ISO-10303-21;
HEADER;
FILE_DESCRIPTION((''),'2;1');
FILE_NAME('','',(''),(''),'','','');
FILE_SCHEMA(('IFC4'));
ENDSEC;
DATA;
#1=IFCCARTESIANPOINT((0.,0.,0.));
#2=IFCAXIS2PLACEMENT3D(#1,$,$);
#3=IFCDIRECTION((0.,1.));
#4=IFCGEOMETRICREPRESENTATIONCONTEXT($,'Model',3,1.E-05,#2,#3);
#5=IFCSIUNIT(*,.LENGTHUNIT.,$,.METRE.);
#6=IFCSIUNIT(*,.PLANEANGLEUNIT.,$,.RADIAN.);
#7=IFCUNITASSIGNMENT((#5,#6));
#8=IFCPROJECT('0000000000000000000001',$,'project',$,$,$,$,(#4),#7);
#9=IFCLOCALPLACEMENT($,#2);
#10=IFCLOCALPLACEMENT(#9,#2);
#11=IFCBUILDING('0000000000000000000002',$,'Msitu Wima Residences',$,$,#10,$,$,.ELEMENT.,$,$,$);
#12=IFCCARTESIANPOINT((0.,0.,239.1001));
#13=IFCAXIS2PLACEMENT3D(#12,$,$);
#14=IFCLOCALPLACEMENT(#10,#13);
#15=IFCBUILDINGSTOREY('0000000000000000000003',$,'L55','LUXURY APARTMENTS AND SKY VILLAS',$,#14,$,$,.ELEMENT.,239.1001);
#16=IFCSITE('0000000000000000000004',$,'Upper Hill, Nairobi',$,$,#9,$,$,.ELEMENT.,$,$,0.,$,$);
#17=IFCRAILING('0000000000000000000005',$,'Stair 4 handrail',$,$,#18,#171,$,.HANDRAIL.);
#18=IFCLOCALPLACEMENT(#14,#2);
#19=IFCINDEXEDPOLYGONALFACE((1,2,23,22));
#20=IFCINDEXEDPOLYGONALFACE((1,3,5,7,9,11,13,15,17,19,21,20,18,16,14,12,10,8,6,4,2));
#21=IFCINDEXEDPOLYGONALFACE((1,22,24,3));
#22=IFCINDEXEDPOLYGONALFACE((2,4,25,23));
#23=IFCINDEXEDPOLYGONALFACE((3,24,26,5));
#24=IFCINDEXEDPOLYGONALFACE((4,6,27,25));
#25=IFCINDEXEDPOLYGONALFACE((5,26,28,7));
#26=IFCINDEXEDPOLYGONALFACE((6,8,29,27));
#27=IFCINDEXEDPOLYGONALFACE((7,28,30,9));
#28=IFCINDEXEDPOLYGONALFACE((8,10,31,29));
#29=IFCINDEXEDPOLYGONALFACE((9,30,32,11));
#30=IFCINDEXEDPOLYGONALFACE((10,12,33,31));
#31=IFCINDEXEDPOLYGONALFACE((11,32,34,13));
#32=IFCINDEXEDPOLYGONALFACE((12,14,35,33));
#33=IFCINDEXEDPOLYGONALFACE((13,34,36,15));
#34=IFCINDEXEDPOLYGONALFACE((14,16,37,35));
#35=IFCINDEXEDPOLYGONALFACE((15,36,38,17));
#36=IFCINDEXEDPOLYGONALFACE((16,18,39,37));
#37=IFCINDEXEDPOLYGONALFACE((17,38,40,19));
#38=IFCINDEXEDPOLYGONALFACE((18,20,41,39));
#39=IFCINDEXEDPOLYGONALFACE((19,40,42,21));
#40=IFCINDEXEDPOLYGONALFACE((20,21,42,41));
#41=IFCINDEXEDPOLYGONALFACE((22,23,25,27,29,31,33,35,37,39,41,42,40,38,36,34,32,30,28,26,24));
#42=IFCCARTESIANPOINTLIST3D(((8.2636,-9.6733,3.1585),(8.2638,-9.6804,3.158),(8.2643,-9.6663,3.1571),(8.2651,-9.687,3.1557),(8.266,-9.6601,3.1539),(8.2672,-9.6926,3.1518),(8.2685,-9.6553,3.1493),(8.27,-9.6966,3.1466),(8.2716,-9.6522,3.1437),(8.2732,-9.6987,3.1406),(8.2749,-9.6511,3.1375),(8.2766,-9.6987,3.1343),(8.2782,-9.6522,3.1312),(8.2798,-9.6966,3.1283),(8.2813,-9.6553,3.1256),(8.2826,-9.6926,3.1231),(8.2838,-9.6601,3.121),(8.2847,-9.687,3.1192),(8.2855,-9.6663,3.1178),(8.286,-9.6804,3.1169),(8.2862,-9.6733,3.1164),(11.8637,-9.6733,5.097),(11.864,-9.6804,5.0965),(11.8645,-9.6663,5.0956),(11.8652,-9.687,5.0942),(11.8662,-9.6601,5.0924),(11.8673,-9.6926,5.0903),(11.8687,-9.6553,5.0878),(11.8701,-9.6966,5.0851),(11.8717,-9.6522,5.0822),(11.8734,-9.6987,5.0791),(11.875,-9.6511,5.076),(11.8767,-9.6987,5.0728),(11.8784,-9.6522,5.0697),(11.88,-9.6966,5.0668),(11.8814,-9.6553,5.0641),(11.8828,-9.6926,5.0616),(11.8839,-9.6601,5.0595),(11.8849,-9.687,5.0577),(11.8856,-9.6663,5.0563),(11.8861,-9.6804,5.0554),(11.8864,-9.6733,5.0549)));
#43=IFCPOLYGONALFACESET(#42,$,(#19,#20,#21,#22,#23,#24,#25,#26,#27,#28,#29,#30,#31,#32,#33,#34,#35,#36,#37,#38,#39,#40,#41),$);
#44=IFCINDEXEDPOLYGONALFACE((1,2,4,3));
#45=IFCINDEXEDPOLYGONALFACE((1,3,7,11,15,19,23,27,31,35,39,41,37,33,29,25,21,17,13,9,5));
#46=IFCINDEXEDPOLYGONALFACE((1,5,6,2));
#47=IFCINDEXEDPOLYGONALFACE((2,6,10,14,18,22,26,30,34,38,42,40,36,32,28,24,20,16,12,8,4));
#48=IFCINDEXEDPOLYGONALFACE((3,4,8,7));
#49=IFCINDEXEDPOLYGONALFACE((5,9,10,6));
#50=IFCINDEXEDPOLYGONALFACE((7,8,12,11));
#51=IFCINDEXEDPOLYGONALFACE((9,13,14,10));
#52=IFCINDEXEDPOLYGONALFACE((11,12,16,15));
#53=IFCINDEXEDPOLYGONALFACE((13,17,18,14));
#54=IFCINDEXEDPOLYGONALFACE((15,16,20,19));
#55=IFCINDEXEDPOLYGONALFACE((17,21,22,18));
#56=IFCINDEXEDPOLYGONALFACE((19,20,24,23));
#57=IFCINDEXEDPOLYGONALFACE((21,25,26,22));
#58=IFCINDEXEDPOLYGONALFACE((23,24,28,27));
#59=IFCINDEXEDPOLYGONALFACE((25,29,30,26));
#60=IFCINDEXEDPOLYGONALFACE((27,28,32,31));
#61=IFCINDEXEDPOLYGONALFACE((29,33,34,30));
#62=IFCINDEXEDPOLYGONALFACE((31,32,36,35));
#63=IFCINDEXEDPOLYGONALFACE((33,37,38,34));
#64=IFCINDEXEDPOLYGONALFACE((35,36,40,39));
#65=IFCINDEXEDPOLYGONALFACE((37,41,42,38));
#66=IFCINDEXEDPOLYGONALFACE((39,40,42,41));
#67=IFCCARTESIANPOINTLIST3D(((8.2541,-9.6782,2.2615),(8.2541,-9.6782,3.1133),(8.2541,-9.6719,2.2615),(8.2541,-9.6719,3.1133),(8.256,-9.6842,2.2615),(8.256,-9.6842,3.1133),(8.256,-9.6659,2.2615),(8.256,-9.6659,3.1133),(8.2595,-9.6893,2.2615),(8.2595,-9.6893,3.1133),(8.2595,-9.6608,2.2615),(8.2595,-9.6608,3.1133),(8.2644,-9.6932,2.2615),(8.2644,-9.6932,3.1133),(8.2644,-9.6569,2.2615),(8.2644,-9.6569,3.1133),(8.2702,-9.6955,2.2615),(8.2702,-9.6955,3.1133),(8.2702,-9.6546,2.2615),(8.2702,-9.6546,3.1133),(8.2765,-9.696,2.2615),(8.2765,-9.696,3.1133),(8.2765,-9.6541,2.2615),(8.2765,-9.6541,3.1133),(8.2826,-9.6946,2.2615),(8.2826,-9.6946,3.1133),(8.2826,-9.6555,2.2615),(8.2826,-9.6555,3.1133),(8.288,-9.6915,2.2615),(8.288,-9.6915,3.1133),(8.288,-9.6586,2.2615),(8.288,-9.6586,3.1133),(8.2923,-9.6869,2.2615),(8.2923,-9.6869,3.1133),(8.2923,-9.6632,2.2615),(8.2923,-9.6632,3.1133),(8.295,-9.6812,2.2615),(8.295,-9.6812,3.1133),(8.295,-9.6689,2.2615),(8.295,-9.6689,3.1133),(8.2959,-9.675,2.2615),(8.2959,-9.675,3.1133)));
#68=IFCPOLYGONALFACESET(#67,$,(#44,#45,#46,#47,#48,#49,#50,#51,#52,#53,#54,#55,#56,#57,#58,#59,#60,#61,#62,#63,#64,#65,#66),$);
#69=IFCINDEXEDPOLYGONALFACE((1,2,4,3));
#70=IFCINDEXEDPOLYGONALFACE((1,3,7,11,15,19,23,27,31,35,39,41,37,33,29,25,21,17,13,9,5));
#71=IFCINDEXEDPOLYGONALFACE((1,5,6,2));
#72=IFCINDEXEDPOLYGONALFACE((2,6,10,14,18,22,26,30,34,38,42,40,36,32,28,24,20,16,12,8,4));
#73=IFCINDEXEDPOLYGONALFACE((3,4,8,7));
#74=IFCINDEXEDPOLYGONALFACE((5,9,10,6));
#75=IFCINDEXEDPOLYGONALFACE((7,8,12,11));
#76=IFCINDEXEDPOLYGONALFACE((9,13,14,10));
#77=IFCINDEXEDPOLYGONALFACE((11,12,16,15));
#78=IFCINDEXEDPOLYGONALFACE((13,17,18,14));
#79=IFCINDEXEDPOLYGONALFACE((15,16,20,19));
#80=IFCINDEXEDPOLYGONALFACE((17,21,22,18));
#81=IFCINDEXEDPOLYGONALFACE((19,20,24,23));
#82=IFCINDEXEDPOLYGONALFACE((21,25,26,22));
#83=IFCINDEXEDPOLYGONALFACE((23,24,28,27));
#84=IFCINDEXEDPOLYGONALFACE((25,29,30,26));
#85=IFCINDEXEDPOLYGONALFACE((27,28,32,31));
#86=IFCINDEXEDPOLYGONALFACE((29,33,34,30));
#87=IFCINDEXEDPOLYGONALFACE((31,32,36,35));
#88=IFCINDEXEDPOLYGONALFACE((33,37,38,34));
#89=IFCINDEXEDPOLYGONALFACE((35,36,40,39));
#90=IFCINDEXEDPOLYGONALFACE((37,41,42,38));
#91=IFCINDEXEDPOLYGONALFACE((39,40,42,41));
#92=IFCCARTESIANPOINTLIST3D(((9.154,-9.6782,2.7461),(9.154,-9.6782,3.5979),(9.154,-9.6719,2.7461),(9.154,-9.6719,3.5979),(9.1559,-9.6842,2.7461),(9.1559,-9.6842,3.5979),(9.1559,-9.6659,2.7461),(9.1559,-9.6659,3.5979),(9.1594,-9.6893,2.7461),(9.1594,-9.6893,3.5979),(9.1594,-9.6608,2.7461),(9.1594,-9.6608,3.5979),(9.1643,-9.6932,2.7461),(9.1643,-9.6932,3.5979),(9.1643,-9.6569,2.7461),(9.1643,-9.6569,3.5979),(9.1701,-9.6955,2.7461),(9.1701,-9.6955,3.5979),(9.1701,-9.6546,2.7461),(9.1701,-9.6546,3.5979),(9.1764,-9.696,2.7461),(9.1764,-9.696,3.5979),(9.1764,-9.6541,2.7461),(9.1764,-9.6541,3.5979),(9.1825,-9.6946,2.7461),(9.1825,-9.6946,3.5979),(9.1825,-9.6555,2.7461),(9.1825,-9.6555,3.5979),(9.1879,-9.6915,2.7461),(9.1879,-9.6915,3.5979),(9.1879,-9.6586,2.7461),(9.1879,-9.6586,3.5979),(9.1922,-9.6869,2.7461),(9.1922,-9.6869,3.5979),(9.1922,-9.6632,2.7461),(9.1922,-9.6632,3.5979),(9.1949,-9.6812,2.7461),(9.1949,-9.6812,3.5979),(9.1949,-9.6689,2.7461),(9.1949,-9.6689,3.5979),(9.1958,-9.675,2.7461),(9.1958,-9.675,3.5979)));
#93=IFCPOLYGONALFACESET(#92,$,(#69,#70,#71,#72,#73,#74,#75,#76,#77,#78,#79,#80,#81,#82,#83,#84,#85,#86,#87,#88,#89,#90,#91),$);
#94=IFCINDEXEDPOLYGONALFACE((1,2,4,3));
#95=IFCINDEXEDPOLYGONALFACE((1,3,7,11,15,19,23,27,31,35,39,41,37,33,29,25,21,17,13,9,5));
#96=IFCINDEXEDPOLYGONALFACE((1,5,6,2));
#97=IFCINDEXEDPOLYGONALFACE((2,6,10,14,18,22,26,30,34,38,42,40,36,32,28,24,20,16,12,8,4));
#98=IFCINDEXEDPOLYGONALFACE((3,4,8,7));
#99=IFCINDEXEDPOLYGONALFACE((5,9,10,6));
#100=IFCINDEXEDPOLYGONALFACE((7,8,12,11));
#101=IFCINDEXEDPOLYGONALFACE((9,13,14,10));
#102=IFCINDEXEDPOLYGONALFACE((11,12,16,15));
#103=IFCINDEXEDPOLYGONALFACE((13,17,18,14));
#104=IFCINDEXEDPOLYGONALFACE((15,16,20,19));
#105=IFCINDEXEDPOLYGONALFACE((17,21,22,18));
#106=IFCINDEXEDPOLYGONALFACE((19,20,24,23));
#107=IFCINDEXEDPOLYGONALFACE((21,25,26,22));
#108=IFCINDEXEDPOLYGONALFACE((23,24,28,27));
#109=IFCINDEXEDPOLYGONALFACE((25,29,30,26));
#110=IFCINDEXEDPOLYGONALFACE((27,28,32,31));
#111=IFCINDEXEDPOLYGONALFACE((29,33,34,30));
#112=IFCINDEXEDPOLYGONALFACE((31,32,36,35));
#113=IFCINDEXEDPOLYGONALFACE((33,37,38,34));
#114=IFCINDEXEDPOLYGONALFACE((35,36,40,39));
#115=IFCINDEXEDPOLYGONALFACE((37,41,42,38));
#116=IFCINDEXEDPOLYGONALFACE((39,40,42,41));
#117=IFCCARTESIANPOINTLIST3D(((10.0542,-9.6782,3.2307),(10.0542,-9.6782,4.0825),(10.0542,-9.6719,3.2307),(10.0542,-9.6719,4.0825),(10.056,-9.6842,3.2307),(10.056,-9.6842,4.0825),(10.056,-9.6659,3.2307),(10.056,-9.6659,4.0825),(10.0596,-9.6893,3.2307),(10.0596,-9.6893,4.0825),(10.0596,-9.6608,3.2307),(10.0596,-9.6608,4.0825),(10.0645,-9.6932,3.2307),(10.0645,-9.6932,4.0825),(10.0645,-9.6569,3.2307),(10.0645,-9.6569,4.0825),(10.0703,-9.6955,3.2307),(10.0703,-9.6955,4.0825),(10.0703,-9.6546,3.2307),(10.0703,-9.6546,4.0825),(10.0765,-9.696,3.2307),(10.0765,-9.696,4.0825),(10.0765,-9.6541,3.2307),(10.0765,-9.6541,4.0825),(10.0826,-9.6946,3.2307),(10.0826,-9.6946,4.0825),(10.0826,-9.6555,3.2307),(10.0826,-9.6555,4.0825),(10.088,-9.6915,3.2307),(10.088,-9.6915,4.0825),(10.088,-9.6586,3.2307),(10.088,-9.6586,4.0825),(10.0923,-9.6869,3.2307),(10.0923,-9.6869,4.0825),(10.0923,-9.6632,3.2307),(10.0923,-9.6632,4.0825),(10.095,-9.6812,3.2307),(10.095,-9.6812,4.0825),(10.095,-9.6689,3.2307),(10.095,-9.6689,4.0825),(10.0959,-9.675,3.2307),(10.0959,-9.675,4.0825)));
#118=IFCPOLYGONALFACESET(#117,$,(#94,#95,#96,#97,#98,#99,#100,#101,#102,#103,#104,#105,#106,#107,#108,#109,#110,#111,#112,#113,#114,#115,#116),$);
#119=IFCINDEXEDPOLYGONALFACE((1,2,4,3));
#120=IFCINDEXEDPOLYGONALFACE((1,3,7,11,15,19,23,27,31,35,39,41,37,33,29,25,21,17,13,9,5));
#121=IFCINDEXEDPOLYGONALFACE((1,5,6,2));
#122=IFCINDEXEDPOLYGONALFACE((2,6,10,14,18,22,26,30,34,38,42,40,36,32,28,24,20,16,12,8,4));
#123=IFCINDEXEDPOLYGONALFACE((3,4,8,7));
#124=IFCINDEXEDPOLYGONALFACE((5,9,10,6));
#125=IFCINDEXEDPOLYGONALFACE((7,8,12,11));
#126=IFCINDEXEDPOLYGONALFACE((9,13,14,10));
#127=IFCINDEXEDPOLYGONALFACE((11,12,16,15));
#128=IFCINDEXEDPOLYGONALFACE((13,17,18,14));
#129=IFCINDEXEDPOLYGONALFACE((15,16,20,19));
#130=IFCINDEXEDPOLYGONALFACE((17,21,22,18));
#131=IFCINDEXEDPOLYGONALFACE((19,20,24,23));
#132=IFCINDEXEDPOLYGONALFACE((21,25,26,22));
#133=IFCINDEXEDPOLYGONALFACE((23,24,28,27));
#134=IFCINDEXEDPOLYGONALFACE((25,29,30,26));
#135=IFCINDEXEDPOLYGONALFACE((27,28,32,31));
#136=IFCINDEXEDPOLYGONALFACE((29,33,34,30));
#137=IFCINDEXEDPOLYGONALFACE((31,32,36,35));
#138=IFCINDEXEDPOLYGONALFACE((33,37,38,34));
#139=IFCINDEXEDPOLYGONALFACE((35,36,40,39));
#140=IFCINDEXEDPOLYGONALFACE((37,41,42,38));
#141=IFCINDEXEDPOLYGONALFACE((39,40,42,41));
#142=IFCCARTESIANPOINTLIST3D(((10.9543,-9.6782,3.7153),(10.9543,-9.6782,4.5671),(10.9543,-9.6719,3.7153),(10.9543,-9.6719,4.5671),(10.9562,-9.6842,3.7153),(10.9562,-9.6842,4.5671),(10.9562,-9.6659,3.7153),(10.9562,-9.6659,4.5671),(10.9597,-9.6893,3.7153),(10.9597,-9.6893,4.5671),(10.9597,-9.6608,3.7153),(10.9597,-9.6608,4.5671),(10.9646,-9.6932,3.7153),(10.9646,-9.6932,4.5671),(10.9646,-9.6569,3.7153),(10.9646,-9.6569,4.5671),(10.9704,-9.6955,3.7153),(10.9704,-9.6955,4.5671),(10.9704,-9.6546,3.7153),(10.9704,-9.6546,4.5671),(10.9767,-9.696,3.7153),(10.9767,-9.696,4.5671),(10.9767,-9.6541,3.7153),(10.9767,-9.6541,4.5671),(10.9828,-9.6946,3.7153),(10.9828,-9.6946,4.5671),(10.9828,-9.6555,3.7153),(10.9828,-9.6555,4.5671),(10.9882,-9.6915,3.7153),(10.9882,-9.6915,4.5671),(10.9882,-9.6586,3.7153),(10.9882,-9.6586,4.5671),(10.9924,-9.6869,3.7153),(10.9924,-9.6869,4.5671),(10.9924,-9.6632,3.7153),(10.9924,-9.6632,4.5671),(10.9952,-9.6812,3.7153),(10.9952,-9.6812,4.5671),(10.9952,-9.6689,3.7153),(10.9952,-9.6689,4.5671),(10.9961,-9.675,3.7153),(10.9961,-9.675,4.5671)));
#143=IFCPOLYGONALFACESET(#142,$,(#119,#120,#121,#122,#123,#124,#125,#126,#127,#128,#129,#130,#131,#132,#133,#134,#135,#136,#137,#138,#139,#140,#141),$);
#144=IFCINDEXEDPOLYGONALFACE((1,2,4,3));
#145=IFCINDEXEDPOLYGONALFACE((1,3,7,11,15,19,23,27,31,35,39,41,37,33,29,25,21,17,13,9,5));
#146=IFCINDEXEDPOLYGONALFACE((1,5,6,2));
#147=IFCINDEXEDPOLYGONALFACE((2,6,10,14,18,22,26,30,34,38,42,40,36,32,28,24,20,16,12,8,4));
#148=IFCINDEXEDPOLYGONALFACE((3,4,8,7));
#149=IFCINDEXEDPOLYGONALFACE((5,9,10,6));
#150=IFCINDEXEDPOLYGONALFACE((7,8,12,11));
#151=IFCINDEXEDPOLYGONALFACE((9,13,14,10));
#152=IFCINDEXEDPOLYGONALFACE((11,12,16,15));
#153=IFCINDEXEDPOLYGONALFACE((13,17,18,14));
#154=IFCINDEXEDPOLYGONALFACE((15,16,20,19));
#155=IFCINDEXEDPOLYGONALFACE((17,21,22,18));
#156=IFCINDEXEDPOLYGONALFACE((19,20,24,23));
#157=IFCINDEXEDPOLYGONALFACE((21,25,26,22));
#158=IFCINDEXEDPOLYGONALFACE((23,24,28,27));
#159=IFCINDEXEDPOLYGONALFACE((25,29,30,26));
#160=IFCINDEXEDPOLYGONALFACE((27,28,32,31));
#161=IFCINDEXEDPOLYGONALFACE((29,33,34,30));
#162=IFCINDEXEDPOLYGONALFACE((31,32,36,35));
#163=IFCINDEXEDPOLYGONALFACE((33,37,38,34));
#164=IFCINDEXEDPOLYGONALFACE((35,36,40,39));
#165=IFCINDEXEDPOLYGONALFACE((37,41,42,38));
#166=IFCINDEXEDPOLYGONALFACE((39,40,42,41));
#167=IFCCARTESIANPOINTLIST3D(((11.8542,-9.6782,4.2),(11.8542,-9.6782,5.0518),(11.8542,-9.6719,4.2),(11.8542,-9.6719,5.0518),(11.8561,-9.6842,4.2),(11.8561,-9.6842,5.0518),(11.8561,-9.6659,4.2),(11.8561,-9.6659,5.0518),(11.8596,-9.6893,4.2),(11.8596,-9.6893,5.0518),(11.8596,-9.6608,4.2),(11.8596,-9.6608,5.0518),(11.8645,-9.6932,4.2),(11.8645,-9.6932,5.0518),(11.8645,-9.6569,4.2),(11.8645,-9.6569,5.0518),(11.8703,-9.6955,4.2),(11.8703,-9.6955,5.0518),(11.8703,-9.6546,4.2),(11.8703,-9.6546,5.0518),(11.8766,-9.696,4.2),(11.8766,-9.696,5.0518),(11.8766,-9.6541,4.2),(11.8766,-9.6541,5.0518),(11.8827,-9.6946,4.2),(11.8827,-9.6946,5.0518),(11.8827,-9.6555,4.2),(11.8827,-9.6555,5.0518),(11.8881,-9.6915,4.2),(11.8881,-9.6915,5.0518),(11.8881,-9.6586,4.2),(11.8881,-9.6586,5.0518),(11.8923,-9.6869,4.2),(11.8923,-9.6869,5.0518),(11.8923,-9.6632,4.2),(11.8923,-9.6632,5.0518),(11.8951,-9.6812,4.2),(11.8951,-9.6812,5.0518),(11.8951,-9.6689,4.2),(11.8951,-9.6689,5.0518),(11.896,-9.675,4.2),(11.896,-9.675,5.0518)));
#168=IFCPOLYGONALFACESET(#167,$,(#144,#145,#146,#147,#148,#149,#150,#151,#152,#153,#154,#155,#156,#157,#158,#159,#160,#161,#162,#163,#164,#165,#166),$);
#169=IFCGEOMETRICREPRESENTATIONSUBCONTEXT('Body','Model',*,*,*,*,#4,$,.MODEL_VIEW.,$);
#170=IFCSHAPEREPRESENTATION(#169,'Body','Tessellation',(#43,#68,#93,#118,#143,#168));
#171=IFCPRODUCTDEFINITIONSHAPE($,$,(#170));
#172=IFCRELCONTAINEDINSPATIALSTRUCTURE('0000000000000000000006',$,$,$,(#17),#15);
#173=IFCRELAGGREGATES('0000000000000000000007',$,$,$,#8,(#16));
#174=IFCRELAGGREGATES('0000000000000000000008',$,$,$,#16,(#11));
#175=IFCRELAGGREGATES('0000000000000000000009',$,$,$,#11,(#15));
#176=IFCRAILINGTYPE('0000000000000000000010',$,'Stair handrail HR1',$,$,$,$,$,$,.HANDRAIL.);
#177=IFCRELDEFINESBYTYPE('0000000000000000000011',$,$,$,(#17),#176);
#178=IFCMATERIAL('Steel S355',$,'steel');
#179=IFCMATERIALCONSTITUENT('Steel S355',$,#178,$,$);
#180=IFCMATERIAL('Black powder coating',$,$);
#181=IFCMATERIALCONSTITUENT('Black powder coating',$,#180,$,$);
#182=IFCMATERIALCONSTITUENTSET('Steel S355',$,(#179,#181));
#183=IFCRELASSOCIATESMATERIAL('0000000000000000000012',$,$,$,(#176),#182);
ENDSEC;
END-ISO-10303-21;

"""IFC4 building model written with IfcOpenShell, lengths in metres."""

from ifc_helpers import new_model, si_unit, direction, frame, origin, origin_2d, place, context, subcontext, project, spatial, circle, extrude, material, constituent, constituent_set, type_object, element, save


model = new_model("IFC4")

# Units and contexts
model_context = context("Model", 3, precision=1e-05, world=origin(), true_north=direction((0.0, 1.0)))
body_context = subcontext(model_context, "Body", "Model", "MODEL_VIEW")
ifc_project = project(units=[si_unit("LENGTHUNIT", "METRE"), si_unit("PLANEANGLEUNIT", "RADIAN")], contexts=[model_context])

# Site, building, storey
site_placement = place(None, origin())
site = spatial("IfcSite", under=ifc_project, at=site_placement, Name="Upper Hill, Nairobi", CompositionType="ELEMENT", RefElevation=0.0)
building_placement = place(site_placement, origin())
building = spatial("IfcBuilding", under=site, at=building_placement, Name="Msitu Wima Residences", CompositionType="ELEMENT")
storey_placement = place(building_placement, frame((0.0, 0.0, 239.1001)))
storey = spatial("IfcBuildingStorey", under=building, at=storey_placement, Name="L55", Description="LUXURY APARTMENTS AND SKY VILLAS", CompositionType="ELEMENT", Elevation=239.1001)

# Railing
ifc_material_1 = material(Name="Steel S355", Category="steel")
ifc_constituent_1 = constituent(ifc_material_1, Name="Steel S355")
ifc_material_2 = material(Name="Black powder coating")
ifc_constituent_2 = constituent(ifc_material_2, Name="Black powder coating")
ifc_constituent_set = constituent_set(constituents=[ifc_constituent_1, ifc_constituent_2], Name="Steel S355")
railing_type = type_object("IfcRailingType", Name="Stair handrail HR1", PredefinedType="HANDRAIL", material=ifc_constituent_set)
for number, where, name in (
    (1, (8.2749, -9.675, 2.2615), "Stair 4 handrail"),
):
    element("IfcRailing", number, at=place(storey_placement, frame(where)), inside=storey, type_object=railing_type, Name=name, PredefinedType="HANDRAIL", context=body_context, shape_type="SweptSolid", body=[
        extrude(circle(Radius=0.0239, at=origin_2d()), frame((0.0, 0.0, 0.876), z_axis=(0.880475, 0.0, 0.474093), x_axis=(0.0, 1.0, 0.0)), (0.0, 0.0, 1.0), 4.0889),
        extrude(circle(Radius=0.021, at=origin_2d()), origin(), (0.0, 0.0, 1.0), 0.8518),
        extrude(circle(Radius=0.021, at=origin_2d()), frame((0.8999, 0.0, 0.4846)), (0.0, 0.0, 1.0), 0.8518),
        extrude(circle(Radius=0.021, at=origin_2d()), frame((1.8, 0.0, 0.9692)), (0.0, 0.0, 1.0), 0.8518),
        extrude(circle(Radius=0.021, at=origin_2d()), frame((2.7002, 0.0, 1.4539)), (0.0, 0.0, 1.0), 0.8518),
        extrude(circle(Radius=0.021, at=origin_2d()), frame((3.6001, 0.0, 1.9385)), (0.0, 0.0, 1.0), 0.8518),
    ])

save(model, "model.ifc")
